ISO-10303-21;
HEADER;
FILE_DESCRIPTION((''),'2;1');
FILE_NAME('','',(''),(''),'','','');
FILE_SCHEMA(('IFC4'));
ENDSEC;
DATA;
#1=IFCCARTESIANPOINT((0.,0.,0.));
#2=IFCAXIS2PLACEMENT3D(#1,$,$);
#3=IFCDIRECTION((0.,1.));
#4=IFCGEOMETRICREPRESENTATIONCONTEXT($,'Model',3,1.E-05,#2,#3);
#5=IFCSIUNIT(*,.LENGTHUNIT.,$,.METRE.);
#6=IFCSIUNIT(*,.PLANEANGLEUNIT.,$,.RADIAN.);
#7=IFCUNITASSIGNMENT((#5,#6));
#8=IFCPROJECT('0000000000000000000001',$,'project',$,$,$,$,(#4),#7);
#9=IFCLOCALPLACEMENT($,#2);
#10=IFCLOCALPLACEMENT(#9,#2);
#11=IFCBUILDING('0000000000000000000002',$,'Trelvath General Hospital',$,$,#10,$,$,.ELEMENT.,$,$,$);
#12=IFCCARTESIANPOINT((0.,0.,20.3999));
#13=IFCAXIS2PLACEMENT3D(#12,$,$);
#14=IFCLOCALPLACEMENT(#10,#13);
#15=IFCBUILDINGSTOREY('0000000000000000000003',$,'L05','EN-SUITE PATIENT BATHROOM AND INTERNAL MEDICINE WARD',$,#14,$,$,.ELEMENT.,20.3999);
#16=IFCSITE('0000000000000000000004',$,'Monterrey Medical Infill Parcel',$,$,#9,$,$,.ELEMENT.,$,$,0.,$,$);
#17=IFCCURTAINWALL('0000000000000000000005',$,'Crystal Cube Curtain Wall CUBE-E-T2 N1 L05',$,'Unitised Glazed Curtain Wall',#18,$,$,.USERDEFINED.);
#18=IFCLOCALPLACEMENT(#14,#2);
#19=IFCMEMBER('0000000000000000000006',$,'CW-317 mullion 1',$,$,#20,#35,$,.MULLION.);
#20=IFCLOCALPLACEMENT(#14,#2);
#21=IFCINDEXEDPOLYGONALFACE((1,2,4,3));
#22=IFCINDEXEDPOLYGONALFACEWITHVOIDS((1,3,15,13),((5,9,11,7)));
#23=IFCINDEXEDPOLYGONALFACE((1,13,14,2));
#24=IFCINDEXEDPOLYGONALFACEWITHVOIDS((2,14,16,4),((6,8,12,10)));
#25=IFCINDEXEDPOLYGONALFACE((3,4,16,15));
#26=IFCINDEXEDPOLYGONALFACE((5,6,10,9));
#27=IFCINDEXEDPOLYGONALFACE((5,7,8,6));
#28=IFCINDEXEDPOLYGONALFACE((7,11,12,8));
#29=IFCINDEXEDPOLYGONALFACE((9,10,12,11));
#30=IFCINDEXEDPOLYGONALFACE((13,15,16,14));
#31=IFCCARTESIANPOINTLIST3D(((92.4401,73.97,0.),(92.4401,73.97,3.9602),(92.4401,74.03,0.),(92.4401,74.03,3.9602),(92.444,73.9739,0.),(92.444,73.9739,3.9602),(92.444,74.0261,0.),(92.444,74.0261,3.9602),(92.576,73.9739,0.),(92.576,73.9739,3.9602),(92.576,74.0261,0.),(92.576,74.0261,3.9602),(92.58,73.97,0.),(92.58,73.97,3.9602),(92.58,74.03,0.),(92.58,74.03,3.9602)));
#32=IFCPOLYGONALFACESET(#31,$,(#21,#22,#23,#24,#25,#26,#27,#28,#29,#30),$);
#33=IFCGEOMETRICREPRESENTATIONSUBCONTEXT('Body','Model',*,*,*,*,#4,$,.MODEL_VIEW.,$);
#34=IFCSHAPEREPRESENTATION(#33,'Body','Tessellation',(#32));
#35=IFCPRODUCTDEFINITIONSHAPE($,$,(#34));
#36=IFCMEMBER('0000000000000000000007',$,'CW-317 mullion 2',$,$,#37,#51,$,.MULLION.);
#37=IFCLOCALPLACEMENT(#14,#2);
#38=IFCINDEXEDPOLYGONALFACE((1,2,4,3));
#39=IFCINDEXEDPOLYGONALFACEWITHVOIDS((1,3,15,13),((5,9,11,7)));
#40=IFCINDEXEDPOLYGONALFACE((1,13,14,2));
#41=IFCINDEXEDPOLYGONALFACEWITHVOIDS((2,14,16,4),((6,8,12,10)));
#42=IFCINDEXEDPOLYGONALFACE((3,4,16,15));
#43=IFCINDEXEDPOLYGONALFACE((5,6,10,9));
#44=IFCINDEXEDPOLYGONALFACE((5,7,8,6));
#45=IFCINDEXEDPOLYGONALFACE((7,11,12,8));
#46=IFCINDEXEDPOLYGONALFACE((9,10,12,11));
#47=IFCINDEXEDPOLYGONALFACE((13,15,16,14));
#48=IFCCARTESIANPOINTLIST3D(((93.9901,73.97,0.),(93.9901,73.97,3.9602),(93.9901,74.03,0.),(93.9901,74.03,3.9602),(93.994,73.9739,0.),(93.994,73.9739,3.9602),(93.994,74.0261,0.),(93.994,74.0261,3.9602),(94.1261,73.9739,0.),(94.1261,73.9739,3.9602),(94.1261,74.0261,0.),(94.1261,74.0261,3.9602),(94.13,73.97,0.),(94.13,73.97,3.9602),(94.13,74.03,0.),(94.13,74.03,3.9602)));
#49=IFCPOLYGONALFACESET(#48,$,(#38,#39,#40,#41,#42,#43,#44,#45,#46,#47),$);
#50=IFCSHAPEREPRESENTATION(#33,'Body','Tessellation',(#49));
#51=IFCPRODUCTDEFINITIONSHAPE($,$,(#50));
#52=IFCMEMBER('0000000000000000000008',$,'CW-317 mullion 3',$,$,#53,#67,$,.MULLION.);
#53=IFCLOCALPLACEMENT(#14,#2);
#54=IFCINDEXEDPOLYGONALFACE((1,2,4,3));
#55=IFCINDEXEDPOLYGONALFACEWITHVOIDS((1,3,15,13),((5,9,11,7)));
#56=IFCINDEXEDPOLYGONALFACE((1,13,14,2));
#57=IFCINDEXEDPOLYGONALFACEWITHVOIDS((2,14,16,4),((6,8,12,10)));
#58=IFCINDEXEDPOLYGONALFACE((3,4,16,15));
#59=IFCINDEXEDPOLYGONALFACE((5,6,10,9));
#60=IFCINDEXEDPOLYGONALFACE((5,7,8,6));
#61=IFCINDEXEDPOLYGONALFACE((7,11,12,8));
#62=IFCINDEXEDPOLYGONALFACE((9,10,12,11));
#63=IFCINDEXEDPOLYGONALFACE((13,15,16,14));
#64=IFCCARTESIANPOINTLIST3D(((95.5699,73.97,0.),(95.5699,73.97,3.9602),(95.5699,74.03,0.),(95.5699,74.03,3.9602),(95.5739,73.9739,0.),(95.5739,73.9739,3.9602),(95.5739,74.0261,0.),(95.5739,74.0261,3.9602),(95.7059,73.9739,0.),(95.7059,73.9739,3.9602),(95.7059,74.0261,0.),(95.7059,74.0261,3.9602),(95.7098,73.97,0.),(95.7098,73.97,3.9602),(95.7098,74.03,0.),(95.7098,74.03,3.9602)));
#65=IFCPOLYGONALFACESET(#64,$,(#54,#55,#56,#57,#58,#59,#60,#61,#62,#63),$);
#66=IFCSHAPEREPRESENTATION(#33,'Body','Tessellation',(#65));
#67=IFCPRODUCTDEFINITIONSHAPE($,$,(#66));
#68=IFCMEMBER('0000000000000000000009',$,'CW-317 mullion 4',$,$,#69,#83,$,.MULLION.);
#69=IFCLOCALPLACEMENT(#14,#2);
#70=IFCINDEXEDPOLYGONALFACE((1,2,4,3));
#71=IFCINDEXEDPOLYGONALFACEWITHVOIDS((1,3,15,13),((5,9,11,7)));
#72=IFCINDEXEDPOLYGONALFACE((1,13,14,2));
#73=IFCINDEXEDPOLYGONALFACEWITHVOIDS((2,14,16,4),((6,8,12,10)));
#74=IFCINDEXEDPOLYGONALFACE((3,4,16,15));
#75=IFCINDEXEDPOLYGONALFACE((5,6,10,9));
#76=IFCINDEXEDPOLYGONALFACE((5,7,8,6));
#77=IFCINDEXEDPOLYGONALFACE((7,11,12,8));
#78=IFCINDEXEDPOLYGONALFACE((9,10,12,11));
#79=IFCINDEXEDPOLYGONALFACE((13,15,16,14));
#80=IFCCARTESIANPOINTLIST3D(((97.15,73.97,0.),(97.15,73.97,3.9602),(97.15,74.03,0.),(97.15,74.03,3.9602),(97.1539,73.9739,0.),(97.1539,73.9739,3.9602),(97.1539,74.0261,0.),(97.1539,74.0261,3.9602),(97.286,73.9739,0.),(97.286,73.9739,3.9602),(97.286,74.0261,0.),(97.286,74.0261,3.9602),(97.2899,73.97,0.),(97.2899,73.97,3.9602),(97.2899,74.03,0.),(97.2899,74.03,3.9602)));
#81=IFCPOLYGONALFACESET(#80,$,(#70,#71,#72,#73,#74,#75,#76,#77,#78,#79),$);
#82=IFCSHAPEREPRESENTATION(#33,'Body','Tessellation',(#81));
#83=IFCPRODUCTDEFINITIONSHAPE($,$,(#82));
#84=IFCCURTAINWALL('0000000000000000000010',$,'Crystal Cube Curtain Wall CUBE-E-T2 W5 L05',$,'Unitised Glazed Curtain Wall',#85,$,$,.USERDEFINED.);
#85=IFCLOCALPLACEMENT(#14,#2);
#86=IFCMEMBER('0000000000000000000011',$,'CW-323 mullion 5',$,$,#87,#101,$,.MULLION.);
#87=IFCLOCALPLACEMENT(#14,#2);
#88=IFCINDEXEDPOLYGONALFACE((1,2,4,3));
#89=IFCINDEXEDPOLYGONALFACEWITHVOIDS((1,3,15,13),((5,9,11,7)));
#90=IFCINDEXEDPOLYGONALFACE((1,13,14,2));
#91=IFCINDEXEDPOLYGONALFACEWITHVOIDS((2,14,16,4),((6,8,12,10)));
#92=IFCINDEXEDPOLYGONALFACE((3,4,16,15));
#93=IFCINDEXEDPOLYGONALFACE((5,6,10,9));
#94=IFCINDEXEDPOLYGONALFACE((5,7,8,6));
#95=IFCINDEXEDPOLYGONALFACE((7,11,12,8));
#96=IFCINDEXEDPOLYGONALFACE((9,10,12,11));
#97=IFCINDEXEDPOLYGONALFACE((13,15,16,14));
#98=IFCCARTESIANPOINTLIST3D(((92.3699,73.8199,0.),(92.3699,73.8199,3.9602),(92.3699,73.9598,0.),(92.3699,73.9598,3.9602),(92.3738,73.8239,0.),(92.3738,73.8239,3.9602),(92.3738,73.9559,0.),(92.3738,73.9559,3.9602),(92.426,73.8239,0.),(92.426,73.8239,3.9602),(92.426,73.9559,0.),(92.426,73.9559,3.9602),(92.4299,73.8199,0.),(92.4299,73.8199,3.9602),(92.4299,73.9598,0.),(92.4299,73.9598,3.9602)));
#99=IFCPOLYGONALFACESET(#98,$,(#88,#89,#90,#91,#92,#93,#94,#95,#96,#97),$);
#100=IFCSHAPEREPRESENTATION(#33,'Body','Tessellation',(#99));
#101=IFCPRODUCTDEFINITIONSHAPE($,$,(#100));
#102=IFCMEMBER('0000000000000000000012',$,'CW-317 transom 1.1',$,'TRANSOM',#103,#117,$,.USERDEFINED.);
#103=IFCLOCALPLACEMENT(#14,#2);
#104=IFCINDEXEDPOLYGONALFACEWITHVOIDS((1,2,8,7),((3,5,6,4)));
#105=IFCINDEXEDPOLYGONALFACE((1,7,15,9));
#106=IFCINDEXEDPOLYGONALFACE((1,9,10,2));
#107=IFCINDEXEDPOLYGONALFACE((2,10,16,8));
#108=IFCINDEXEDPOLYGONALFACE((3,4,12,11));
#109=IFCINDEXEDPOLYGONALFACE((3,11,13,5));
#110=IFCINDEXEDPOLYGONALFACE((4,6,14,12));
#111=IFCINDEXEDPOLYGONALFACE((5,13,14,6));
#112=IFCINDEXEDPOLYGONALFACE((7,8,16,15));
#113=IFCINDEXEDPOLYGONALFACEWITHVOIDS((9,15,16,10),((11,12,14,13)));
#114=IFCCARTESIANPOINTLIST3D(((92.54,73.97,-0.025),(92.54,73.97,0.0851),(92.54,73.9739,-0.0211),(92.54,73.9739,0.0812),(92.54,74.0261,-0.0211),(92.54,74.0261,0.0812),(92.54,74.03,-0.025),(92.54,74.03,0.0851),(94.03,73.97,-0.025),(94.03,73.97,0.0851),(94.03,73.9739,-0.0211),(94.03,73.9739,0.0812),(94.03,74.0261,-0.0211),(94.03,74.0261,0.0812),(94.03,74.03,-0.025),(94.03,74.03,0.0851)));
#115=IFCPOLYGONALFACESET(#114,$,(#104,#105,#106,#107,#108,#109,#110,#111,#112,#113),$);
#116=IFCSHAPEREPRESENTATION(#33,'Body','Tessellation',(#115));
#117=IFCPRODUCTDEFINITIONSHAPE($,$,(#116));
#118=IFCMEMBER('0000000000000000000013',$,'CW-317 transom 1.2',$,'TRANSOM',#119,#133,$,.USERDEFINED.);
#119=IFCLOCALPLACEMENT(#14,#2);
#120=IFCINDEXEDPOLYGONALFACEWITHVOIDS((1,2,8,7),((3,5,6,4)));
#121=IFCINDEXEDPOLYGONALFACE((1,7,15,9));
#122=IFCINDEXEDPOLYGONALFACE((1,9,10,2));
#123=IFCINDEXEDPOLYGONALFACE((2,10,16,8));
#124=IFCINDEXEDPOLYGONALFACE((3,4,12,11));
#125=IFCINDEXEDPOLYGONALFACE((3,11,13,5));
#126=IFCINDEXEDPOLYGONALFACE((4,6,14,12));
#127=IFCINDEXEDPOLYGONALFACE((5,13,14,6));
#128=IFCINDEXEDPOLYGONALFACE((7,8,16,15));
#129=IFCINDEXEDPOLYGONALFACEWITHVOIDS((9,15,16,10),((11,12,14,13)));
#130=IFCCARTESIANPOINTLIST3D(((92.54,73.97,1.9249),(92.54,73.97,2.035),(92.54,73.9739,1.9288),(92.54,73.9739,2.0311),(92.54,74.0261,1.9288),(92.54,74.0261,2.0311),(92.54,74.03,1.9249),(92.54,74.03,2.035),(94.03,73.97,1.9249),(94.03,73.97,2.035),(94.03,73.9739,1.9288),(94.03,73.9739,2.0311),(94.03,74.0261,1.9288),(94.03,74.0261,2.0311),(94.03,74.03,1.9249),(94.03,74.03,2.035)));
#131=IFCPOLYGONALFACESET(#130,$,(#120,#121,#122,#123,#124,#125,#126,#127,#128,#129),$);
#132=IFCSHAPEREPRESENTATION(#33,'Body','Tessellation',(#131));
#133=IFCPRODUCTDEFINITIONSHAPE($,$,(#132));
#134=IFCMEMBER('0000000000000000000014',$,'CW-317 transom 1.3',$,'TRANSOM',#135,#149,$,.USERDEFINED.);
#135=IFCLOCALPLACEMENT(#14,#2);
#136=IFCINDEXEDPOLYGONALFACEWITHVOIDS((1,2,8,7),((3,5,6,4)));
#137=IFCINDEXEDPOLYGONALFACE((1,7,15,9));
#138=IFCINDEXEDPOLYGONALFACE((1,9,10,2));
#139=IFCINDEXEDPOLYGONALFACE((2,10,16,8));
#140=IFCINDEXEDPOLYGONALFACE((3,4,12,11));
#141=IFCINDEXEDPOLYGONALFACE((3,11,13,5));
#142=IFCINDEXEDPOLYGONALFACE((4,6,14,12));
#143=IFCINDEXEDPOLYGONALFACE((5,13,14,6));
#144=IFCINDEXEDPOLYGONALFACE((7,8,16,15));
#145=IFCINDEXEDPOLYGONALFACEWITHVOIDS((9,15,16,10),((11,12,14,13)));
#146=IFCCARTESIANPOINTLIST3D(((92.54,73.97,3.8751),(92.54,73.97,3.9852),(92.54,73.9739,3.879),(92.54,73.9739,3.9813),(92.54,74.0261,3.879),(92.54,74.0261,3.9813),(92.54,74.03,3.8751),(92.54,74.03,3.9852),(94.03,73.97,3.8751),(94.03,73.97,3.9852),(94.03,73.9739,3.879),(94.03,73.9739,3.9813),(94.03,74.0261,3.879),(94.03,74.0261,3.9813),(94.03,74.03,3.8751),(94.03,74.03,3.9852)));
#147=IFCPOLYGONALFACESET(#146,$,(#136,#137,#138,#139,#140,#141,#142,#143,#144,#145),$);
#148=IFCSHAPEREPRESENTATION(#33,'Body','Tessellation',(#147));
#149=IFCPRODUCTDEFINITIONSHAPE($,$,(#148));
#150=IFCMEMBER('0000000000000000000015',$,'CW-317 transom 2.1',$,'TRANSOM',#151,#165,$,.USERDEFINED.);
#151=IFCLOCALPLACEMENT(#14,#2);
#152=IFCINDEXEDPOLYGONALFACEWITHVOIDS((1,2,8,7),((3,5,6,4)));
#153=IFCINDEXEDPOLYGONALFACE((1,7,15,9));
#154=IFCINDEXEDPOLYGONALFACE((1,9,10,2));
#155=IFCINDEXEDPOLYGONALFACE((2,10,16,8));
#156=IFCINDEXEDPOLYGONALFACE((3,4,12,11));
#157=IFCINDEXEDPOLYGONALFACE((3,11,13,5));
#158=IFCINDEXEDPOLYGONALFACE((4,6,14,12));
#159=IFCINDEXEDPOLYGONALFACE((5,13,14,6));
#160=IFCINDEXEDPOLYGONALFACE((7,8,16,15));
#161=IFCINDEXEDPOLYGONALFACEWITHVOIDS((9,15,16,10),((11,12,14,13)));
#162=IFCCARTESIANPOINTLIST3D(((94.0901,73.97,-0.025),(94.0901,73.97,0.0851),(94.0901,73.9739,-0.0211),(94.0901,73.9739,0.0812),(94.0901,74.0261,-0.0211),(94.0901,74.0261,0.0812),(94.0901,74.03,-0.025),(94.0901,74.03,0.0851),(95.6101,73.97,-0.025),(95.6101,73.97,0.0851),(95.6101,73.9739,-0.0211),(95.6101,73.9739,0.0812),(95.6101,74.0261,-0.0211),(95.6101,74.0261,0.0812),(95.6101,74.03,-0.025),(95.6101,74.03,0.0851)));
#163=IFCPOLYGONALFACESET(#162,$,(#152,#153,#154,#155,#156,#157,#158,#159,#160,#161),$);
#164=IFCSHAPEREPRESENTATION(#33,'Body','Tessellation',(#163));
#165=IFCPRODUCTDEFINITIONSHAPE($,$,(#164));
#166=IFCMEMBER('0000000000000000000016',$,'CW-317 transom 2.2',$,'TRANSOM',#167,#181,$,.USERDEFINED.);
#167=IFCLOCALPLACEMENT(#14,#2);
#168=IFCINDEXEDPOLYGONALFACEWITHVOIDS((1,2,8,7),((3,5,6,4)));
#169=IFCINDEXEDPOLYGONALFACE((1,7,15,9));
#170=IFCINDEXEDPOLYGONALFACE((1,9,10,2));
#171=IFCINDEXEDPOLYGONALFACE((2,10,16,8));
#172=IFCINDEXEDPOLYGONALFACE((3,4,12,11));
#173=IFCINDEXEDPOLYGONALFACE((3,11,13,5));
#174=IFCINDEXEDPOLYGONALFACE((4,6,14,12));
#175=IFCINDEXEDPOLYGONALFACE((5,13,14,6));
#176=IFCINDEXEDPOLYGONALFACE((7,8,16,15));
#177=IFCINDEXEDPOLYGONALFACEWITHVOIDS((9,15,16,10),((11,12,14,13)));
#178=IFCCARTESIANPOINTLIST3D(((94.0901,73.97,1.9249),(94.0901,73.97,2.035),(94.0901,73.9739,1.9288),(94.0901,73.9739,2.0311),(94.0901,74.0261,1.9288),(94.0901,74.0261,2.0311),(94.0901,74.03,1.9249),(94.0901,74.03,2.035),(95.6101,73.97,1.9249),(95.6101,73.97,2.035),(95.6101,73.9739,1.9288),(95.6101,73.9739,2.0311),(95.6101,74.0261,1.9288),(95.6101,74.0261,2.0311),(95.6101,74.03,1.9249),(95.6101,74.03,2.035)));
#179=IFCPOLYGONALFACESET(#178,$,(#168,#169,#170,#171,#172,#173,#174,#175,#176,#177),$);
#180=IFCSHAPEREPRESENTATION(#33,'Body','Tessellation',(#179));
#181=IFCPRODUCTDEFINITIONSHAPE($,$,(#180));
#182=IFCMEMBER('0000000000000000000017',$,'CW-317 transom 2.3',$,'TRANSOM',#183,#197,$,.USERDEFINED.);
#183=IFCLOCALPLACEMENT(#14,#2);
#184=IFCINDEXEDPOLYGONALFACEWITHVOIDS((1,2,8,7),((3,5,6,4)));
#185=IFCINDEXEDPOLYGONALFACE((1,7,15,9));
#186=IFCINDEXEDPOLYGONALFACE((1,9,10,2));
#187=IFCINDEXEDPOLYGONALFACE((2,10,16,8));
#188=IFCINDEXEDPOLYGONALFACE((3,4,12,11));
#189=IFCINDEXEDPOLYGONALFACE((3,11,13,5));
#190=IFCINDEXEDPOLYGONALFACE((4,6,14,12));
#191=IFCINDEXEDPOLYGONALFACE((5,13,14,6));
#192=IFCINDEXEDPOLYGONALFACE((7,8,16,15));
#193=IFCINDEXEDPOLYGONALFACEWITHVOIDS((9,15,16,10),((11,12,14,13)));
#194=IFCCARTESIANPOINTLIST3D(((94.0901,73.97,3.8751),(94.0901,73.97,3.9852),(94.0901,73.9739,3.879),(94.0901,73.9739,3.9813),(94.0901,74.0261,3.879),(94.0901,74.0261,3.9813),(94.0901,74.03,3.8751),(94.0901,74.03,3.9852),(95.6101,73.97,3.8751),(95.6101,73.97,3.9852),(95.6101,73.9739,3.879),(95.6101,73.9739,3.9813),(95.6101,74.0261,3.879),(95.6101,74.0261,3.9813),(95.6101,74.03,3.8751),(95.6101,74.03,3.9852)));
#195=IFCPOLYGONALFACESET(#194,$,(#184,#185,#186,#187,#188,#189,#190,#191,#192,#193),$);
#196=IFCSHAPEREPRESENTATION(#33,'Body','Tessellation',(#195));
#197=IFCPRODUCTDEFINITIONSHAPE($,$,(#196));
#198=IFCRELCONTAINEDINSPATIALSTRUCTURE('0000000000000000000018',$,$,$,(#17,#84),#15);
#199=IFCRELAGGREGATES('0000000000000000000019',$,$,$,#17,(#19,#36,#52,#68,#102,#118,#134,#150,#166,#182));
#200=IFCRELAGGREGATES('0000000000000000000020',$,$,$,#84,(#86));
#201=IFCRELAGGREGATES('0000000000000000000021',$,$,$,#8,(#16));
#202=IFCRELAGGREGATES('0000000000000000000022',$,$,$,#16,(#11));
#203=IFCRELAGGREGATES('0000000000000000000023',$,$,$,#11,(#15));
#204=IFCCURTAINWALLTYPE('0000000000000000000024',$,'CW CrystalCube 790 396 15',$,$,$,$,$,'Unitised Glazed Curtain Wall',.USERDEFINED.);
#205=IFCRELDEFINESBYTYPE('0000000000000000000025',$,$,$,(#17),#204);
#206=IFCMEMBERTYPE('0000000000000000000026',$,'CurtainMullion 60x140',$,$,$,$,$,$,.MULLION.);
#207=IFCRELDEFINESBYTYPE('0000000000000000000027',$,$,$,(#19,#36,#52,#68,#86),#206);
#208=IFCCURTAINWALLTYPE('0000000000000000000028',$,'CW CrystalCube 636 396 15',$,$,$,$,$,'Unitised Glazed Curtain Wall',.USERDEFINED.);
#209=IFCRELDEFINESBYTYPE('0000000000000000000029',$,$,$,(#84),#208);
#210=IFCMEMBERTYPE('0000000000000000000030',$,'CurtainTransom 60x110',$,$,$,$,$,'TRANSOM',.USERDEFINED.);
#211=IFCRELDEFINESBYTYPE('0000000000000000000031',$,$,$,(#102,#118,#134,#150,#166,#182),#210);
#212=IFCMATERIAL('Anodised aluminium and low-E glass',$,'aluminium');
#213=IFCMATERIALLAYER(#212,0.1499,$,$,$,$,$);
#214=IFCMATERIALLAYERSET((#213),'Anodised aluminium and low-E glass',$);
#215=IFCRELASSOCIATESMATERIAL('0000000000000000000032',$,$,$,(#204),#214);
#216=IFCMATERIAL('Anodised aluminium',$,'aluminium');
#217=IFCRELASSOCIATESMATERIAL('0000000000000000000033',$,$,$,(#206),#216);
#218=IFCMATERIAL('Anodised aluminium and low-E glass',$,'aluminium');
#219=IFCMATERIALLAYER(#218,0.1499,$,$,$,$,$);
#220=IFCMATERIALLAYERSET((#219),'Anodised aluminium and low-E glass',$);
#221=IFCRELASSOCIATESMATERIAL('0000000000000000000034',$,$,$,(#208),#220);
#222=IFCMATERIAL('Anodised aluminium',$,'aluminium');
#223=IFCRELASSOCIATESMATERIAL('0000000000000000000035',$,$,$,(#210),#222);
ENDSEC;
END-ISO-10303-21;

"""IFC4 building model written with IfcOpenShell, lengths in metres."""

from ifc_helpers import new_model, si_unit, direction, frame, origin, origin_2d, place, context, subcontext, project, spatial, hollow_rectangle, extrude, material, layer, layer_set, material_profile, profile_set, type_object, element, aggregate, save


model = new_model("IFC4")

# Units and contexts
model_context = context("Model", 3, precision=1e-05, world=origin(), true_north=direction((0.0, 1.0)))
body_context = subcontext(model_context, "Body", "Model", "MODEL_VIEW")
ifc_project = project(units=[si_unit("LENGTHUNIT", "METRE"), si_unit("PLANEANGLEUNIT", "RADIAN")], contexts=[model_context])

# Site, building, storey
site_placement = place(None, origin())
site = spatial("IfcSite", under=ifc_project, at=site_placement, Name="Monterrey Medical Infill Parcel", CompositionType="ELEMENT", RefElevation=0.0)
building_placement = place(site_placement, origin())
building = spatial("IfcBuilding", under=site, at=building_placement, Name="Trelvath General Hospital", CompositionType="ELEMENT")
storey_placement = place(building_placement, frame((0.0, 0.0, 20.3999)))
storey = spatial("IfcBuildingStorey", under=building, at=storey_placement, Name="L05", Description="EN-SUITE PATIENT BATHROOM AND INTERNAL MEDICINE WARD", CompositionType="ELEMENT", Elevation=20.3999)

# Curtain wall, members
ifc_material_1 = material(Name="Anodised aluminium and low-E glass", Category="aluminium")
ifc_layer_1 = layer(ifc_material_1, 0.1499)
ifc_layer_set_1 = layer_set([ifc_layer_1], Name="Anodised aluminium and low-E glass")
curtain_wall_type_1 = type_object("IfcCurtainWallType", Name="CW CrystalCube 790 396 15", ElementType="Unitised Glazed Curtain Wall", PredefinedType="USERDEFINED", material=ifc_layer_set_1)
curtain_wall_1_placement = place(storey_placement, origin())
curtain_wall_1 = element("IfcCurtainWall", 1, at=curtain_wall_1_placement, inside=storey, type_object=curtain_wall_type_1, Name="Crystal Cube Curtain Wall CUBE-E-T2 N1 L05", ObjectType="Unitised Glazed Curtain Wall", PredefinedType="USERDEFINED")
ifc_material_2 = material(Name="Anodised aluminium", Category="aluminium")
ifc_material_profile_1 = material_profile(ifc_material_2, hollow_rectangle(XDim=0.0601, YDim=0.1399, WallThickness=0.0039, at=origin_2d()), Name="RHS60x140x4")
ifc_profile_set_1 = profile_set([ifc_material_profile_1], Name="Anodised aluminium")
member_type_1 = type_object("IfcMemberType", Name="CurtainMullion 60x140", PredefinedType="MULLION", material=ifc_profile_set_1)
member_1_placement = place(storey_placement, frame((92.51, 74.0, 0.0), z_axis=(0.0, 0.0, 1.0), x_axis=(0.0, 1.0, 0.0)))
member_1 = element("IfcMember", 2, at=member_1_placement, type_object=member_type_1, Name="CW-317 mullion 1", PredefinedType="MULLION", context=body_context, shape_type="SweptSolid", body=[
    extrude(hollow_rectangle(XDim=0.0601, YDim=0.1399, WallThickness=0.0039, at=origin_2d()), origin(), (0.0, 0.0, 1.0), 3.9602),
])
member_2_placement = place(storey_placement, frame((94.0601, 74.0, 0.0), z_axis=(0.0, 0.0, 1.0), x_axis=(0.0, 1.0, 0.0)))
member_2 = element("IfcMember", 3, at=member_2_placement, type_object=member_type_1, Name="CW-317 mullion 2", PredefinedType="MULLION", context=body_context, shape_type="SweptSolid", body=[
    extrude(hollow_rectangle(XDim=0.0601, YDim=0.1399, WallThickness=0.0039, at=origin_2d()), origin(), (0.0, 0.0, 1.0), 3.9602),
])
member_3_placement = place(storey_placement, frame((95.6399, 74.0, 0.0), z_axis=(0.0, 0.0, 1.0), x_axis=(0.0, 1.0, 0.0)))
member_3 = element("IfcMember", 4, at=member_3_placement, type_object=member_type_1, Name="CW-317 mullion 3", PredefinedType="MULLION", context=body_context, shape_type="SweptSolid", body=[
    extrude(hollow_rectangle(XDim=0.0601, YDim=0.1399, WallThickness=0.0039, at=origin_2d()), origin(), (0.0, 0.0, 1.0), 3.9602),
])
member_4_placement = place(storey_placement, frame((97.22, 74.0, 0.0), z_axis=(0.0, 0.0, 1.0), x_axis=(0.0, 1.0, 0.0)))
member_4 = element("IfcMember", 5, at=member_4_placement, type_object=member_type_1, Name="CW-317 mullion 4", PredefinedType="MULLION", context=body_context, shape_type="SweptSolid", body=[
    extrude(hollow_rectangle(XDim=0.0601, YDim=0.1399, WallThickness=0.0039, at=origin_2d()), origin(), (0.0, 0.0, 1.0), 3.9602),
])

# Curtain wall, member
ifc_material_3 = material(Name="Anodised aluminium and low-E glass", Category="aluminium")
ifc_layer_2 = layer(ifc_material_3, 0.1499)
ifc_layer_set_2 = layer_set([ifc_layer_2], Name="Anodised aluminium and low-E glass")
curtain_wall_type_2 = type_object("IfcCurtainWallType", Name="CW CrystalCube 636 396 15", ElementType="Unitised Glazed Curtain Wall", PredefinedType="USERDEFINED", material=ifc_layer_set_2)
curtain_wall_2_placement = place(storey_placement, origin())
curtain_wall_2 = element("IfcCurtainWall", 6, at=curtain_wall_2_placement, inside=storey, type_object=curtain_wall_type_2, Name="Crystal Cube Curtain Wall CUBE-E-T2 W5 L05", ObjectType="Unitised Glazed Curtain Wall", PredefinedType="USERDEFINED")
member_5_placement = place(storey_placement, frame((92.3999, 73.8899, 0.0), z_axis=(0.0, 0.0, 1.0), x_axis=(-1.0, 0.0, 0.0)))
member_5 = element("IfcMember", 7, at=member_5_placement, type_object=member_type_1, Name="CW-323 mullion 5", PredefinedType="MULLION", context=body_context, shape_type="SweptSolid", body=[
    extrude(hollow_rectangle(XDim=0.0601, YDim=0.1399, WallThickness=0.0039, at=origin_2d()), origin(), (0.0, 0.0, 1.0), 3.9602),
])

# Members
ifc_material_4 = material(Name="Anodised aluminium", Category="aluminium")
ifc_material_profile_2 = material_profile(ifc_material_4, hollow_rectangle(XDim=0.0601, YDim=0.1101, WallThickness=0.0039, at=origin_2d()), Name="RHS60x110x4")
ifc_profile_set_2 = profile_set([ifc_material_profile_2], Name="Anodised aluminium")
member_type_2 = type_object("IfcMemberType", Name="CurtainTransom 60x110", ElementType="TRANSOM", PredefinedType="USERDEFINED", material=ifc_profile_set_2)
member_6_placement = place(storey_placement, frame((92.54, 74.0, 0.03), z_axis=(1.0, 0.0, 0.0), x_axis=(0.0, 1.0, 0.0)))
member_6 = element("IfcMember", 8, at=member_6_placement, type_object=member_type_2, Name="CW-317 transom 1.1", ObjectType="TRANSOM", PredefinedType="USERDEFINED", context=body_context, shape_type="SweptSolid", body=[
    extrude(hollow_rectangle(XDim=0.0601, YDim=0.1101, WallThickness=0.0039, at=origin_2d()), origin(), (0.0, 0.0, 1.0), 1.49),
])
member_7_placement = place(storey_placement, frame((92.54, 74.0, 1.98), z_axis=(1.0, 0.0, 0.0), x_axis=(0.0, 1.0, 0.0)))
member_7 = element("IfcMember", 9, at=member_7_placement, type_object=member_type_2, Name="CW-317 transom 1.2", ObjectType="TRANSOM", PredefinedType="USERDEFINED", context=body_context, shape_type="SweptSolid", body=[
    extrude(hollow_rectangle(XDim=0.0601, YDim=0.1101, WallThickness=0.0039, at=origin_2d()), origin(), (0.0, 0.0, 1.0), 1.49),
])
member_8_placement = place(storey_placement, frame((92.54, 74.0, 3.9302), z_axis=(1.0, 0.0, 0.0), x_axis=(0.0, 1.0, 0.0)))
member_8 = element("IfcMember", 10, at=member_8_placement, type_object=member_type_2, Name="CW-317 transom 1.3", ObjectType="TRANSOM", PredefinedType="USERDEFINED", context=body_context, shape_type="SweptSolid", body=[
    extrude(hollow_rectangle(XDim=0.0601, YDim=0.1101, WallThickness=0.0039, at=origin_2d()), origin(), (0.0, 0.0, 1.0), 1.49),
])
member_9_placement = place(storey_placement, frame((94.0901, 74.0, 0.03), z_axis=(1.0, 0.0, 0.0), x_axis=(0.0, 1.0, 0.0)))
member_9 = element("IfcMember", 11, at=member_9_placement, type_object=member_type_2, Name="CW-317 transom 2.1", ObjectType="TRANSOM", PredefinedType="USERDEFINED", context=body_context, shape_type="SweptSolid", body=[
    extrude(hollow_rectangle(XDim=0.0601, YDim=0.1101, WallThickness=0.0039, at=origin_2d()), origin(), (0.0, 0.0, 1.0), 1.52),
])
member_10_placement = place(storey_placement, frame((94.0901, 74.0, 1.98), z_axis=(1.0, 0.0, 0.0), x_axis=(0.0, 1.0, 0.0)))
member_10 = element("IfcMember", 12, at=member_10_placement, type_object=member_type_2, Name="CW-317 transom 2.2", ObjectType="TRANSOM", PredefinedType="USERDEFINED", context=body_context, shape_type="SweptSolid", body=[
    extrude(hollow_rectangle(XDim=0.0601, YDim=0.1101, WallThickness=0.0039, at=origin_2d()), origin(), (0.0, 0.0, 1.0), 1.52),
])
member_11_placement = place(storey_placement, frame((94.0901, 74.0, 3.9302), z_axis=(1.0, 0.0, 0.0), x_axis=(0.0, 1.0, 0.0)))
member_11 = element("IfcMember", 13, at=member_11_placement, type_object=member_type_2, Name="CW-317 transom 2.3", ObjectType="TRANSOM", PredefinedType="USERDEFINED", context=body_context, shape_type="SweptSolid", body=[
    extrude(hollow_rectangle(XDim=0.0601, YDim=0.1101, WallThickness=0.0039, at=origin_2d()), origin(), (0.0, 0.0, 1.0), 1.52),
])

aggregate(curtain_wall_1, [member_1, member_2, member_3, member_4, member_6, member_7, member_8, member_9, member_10, member_11])
aggregate(curtain_wall_2, [member_5])

save(model, "model.ifc")
